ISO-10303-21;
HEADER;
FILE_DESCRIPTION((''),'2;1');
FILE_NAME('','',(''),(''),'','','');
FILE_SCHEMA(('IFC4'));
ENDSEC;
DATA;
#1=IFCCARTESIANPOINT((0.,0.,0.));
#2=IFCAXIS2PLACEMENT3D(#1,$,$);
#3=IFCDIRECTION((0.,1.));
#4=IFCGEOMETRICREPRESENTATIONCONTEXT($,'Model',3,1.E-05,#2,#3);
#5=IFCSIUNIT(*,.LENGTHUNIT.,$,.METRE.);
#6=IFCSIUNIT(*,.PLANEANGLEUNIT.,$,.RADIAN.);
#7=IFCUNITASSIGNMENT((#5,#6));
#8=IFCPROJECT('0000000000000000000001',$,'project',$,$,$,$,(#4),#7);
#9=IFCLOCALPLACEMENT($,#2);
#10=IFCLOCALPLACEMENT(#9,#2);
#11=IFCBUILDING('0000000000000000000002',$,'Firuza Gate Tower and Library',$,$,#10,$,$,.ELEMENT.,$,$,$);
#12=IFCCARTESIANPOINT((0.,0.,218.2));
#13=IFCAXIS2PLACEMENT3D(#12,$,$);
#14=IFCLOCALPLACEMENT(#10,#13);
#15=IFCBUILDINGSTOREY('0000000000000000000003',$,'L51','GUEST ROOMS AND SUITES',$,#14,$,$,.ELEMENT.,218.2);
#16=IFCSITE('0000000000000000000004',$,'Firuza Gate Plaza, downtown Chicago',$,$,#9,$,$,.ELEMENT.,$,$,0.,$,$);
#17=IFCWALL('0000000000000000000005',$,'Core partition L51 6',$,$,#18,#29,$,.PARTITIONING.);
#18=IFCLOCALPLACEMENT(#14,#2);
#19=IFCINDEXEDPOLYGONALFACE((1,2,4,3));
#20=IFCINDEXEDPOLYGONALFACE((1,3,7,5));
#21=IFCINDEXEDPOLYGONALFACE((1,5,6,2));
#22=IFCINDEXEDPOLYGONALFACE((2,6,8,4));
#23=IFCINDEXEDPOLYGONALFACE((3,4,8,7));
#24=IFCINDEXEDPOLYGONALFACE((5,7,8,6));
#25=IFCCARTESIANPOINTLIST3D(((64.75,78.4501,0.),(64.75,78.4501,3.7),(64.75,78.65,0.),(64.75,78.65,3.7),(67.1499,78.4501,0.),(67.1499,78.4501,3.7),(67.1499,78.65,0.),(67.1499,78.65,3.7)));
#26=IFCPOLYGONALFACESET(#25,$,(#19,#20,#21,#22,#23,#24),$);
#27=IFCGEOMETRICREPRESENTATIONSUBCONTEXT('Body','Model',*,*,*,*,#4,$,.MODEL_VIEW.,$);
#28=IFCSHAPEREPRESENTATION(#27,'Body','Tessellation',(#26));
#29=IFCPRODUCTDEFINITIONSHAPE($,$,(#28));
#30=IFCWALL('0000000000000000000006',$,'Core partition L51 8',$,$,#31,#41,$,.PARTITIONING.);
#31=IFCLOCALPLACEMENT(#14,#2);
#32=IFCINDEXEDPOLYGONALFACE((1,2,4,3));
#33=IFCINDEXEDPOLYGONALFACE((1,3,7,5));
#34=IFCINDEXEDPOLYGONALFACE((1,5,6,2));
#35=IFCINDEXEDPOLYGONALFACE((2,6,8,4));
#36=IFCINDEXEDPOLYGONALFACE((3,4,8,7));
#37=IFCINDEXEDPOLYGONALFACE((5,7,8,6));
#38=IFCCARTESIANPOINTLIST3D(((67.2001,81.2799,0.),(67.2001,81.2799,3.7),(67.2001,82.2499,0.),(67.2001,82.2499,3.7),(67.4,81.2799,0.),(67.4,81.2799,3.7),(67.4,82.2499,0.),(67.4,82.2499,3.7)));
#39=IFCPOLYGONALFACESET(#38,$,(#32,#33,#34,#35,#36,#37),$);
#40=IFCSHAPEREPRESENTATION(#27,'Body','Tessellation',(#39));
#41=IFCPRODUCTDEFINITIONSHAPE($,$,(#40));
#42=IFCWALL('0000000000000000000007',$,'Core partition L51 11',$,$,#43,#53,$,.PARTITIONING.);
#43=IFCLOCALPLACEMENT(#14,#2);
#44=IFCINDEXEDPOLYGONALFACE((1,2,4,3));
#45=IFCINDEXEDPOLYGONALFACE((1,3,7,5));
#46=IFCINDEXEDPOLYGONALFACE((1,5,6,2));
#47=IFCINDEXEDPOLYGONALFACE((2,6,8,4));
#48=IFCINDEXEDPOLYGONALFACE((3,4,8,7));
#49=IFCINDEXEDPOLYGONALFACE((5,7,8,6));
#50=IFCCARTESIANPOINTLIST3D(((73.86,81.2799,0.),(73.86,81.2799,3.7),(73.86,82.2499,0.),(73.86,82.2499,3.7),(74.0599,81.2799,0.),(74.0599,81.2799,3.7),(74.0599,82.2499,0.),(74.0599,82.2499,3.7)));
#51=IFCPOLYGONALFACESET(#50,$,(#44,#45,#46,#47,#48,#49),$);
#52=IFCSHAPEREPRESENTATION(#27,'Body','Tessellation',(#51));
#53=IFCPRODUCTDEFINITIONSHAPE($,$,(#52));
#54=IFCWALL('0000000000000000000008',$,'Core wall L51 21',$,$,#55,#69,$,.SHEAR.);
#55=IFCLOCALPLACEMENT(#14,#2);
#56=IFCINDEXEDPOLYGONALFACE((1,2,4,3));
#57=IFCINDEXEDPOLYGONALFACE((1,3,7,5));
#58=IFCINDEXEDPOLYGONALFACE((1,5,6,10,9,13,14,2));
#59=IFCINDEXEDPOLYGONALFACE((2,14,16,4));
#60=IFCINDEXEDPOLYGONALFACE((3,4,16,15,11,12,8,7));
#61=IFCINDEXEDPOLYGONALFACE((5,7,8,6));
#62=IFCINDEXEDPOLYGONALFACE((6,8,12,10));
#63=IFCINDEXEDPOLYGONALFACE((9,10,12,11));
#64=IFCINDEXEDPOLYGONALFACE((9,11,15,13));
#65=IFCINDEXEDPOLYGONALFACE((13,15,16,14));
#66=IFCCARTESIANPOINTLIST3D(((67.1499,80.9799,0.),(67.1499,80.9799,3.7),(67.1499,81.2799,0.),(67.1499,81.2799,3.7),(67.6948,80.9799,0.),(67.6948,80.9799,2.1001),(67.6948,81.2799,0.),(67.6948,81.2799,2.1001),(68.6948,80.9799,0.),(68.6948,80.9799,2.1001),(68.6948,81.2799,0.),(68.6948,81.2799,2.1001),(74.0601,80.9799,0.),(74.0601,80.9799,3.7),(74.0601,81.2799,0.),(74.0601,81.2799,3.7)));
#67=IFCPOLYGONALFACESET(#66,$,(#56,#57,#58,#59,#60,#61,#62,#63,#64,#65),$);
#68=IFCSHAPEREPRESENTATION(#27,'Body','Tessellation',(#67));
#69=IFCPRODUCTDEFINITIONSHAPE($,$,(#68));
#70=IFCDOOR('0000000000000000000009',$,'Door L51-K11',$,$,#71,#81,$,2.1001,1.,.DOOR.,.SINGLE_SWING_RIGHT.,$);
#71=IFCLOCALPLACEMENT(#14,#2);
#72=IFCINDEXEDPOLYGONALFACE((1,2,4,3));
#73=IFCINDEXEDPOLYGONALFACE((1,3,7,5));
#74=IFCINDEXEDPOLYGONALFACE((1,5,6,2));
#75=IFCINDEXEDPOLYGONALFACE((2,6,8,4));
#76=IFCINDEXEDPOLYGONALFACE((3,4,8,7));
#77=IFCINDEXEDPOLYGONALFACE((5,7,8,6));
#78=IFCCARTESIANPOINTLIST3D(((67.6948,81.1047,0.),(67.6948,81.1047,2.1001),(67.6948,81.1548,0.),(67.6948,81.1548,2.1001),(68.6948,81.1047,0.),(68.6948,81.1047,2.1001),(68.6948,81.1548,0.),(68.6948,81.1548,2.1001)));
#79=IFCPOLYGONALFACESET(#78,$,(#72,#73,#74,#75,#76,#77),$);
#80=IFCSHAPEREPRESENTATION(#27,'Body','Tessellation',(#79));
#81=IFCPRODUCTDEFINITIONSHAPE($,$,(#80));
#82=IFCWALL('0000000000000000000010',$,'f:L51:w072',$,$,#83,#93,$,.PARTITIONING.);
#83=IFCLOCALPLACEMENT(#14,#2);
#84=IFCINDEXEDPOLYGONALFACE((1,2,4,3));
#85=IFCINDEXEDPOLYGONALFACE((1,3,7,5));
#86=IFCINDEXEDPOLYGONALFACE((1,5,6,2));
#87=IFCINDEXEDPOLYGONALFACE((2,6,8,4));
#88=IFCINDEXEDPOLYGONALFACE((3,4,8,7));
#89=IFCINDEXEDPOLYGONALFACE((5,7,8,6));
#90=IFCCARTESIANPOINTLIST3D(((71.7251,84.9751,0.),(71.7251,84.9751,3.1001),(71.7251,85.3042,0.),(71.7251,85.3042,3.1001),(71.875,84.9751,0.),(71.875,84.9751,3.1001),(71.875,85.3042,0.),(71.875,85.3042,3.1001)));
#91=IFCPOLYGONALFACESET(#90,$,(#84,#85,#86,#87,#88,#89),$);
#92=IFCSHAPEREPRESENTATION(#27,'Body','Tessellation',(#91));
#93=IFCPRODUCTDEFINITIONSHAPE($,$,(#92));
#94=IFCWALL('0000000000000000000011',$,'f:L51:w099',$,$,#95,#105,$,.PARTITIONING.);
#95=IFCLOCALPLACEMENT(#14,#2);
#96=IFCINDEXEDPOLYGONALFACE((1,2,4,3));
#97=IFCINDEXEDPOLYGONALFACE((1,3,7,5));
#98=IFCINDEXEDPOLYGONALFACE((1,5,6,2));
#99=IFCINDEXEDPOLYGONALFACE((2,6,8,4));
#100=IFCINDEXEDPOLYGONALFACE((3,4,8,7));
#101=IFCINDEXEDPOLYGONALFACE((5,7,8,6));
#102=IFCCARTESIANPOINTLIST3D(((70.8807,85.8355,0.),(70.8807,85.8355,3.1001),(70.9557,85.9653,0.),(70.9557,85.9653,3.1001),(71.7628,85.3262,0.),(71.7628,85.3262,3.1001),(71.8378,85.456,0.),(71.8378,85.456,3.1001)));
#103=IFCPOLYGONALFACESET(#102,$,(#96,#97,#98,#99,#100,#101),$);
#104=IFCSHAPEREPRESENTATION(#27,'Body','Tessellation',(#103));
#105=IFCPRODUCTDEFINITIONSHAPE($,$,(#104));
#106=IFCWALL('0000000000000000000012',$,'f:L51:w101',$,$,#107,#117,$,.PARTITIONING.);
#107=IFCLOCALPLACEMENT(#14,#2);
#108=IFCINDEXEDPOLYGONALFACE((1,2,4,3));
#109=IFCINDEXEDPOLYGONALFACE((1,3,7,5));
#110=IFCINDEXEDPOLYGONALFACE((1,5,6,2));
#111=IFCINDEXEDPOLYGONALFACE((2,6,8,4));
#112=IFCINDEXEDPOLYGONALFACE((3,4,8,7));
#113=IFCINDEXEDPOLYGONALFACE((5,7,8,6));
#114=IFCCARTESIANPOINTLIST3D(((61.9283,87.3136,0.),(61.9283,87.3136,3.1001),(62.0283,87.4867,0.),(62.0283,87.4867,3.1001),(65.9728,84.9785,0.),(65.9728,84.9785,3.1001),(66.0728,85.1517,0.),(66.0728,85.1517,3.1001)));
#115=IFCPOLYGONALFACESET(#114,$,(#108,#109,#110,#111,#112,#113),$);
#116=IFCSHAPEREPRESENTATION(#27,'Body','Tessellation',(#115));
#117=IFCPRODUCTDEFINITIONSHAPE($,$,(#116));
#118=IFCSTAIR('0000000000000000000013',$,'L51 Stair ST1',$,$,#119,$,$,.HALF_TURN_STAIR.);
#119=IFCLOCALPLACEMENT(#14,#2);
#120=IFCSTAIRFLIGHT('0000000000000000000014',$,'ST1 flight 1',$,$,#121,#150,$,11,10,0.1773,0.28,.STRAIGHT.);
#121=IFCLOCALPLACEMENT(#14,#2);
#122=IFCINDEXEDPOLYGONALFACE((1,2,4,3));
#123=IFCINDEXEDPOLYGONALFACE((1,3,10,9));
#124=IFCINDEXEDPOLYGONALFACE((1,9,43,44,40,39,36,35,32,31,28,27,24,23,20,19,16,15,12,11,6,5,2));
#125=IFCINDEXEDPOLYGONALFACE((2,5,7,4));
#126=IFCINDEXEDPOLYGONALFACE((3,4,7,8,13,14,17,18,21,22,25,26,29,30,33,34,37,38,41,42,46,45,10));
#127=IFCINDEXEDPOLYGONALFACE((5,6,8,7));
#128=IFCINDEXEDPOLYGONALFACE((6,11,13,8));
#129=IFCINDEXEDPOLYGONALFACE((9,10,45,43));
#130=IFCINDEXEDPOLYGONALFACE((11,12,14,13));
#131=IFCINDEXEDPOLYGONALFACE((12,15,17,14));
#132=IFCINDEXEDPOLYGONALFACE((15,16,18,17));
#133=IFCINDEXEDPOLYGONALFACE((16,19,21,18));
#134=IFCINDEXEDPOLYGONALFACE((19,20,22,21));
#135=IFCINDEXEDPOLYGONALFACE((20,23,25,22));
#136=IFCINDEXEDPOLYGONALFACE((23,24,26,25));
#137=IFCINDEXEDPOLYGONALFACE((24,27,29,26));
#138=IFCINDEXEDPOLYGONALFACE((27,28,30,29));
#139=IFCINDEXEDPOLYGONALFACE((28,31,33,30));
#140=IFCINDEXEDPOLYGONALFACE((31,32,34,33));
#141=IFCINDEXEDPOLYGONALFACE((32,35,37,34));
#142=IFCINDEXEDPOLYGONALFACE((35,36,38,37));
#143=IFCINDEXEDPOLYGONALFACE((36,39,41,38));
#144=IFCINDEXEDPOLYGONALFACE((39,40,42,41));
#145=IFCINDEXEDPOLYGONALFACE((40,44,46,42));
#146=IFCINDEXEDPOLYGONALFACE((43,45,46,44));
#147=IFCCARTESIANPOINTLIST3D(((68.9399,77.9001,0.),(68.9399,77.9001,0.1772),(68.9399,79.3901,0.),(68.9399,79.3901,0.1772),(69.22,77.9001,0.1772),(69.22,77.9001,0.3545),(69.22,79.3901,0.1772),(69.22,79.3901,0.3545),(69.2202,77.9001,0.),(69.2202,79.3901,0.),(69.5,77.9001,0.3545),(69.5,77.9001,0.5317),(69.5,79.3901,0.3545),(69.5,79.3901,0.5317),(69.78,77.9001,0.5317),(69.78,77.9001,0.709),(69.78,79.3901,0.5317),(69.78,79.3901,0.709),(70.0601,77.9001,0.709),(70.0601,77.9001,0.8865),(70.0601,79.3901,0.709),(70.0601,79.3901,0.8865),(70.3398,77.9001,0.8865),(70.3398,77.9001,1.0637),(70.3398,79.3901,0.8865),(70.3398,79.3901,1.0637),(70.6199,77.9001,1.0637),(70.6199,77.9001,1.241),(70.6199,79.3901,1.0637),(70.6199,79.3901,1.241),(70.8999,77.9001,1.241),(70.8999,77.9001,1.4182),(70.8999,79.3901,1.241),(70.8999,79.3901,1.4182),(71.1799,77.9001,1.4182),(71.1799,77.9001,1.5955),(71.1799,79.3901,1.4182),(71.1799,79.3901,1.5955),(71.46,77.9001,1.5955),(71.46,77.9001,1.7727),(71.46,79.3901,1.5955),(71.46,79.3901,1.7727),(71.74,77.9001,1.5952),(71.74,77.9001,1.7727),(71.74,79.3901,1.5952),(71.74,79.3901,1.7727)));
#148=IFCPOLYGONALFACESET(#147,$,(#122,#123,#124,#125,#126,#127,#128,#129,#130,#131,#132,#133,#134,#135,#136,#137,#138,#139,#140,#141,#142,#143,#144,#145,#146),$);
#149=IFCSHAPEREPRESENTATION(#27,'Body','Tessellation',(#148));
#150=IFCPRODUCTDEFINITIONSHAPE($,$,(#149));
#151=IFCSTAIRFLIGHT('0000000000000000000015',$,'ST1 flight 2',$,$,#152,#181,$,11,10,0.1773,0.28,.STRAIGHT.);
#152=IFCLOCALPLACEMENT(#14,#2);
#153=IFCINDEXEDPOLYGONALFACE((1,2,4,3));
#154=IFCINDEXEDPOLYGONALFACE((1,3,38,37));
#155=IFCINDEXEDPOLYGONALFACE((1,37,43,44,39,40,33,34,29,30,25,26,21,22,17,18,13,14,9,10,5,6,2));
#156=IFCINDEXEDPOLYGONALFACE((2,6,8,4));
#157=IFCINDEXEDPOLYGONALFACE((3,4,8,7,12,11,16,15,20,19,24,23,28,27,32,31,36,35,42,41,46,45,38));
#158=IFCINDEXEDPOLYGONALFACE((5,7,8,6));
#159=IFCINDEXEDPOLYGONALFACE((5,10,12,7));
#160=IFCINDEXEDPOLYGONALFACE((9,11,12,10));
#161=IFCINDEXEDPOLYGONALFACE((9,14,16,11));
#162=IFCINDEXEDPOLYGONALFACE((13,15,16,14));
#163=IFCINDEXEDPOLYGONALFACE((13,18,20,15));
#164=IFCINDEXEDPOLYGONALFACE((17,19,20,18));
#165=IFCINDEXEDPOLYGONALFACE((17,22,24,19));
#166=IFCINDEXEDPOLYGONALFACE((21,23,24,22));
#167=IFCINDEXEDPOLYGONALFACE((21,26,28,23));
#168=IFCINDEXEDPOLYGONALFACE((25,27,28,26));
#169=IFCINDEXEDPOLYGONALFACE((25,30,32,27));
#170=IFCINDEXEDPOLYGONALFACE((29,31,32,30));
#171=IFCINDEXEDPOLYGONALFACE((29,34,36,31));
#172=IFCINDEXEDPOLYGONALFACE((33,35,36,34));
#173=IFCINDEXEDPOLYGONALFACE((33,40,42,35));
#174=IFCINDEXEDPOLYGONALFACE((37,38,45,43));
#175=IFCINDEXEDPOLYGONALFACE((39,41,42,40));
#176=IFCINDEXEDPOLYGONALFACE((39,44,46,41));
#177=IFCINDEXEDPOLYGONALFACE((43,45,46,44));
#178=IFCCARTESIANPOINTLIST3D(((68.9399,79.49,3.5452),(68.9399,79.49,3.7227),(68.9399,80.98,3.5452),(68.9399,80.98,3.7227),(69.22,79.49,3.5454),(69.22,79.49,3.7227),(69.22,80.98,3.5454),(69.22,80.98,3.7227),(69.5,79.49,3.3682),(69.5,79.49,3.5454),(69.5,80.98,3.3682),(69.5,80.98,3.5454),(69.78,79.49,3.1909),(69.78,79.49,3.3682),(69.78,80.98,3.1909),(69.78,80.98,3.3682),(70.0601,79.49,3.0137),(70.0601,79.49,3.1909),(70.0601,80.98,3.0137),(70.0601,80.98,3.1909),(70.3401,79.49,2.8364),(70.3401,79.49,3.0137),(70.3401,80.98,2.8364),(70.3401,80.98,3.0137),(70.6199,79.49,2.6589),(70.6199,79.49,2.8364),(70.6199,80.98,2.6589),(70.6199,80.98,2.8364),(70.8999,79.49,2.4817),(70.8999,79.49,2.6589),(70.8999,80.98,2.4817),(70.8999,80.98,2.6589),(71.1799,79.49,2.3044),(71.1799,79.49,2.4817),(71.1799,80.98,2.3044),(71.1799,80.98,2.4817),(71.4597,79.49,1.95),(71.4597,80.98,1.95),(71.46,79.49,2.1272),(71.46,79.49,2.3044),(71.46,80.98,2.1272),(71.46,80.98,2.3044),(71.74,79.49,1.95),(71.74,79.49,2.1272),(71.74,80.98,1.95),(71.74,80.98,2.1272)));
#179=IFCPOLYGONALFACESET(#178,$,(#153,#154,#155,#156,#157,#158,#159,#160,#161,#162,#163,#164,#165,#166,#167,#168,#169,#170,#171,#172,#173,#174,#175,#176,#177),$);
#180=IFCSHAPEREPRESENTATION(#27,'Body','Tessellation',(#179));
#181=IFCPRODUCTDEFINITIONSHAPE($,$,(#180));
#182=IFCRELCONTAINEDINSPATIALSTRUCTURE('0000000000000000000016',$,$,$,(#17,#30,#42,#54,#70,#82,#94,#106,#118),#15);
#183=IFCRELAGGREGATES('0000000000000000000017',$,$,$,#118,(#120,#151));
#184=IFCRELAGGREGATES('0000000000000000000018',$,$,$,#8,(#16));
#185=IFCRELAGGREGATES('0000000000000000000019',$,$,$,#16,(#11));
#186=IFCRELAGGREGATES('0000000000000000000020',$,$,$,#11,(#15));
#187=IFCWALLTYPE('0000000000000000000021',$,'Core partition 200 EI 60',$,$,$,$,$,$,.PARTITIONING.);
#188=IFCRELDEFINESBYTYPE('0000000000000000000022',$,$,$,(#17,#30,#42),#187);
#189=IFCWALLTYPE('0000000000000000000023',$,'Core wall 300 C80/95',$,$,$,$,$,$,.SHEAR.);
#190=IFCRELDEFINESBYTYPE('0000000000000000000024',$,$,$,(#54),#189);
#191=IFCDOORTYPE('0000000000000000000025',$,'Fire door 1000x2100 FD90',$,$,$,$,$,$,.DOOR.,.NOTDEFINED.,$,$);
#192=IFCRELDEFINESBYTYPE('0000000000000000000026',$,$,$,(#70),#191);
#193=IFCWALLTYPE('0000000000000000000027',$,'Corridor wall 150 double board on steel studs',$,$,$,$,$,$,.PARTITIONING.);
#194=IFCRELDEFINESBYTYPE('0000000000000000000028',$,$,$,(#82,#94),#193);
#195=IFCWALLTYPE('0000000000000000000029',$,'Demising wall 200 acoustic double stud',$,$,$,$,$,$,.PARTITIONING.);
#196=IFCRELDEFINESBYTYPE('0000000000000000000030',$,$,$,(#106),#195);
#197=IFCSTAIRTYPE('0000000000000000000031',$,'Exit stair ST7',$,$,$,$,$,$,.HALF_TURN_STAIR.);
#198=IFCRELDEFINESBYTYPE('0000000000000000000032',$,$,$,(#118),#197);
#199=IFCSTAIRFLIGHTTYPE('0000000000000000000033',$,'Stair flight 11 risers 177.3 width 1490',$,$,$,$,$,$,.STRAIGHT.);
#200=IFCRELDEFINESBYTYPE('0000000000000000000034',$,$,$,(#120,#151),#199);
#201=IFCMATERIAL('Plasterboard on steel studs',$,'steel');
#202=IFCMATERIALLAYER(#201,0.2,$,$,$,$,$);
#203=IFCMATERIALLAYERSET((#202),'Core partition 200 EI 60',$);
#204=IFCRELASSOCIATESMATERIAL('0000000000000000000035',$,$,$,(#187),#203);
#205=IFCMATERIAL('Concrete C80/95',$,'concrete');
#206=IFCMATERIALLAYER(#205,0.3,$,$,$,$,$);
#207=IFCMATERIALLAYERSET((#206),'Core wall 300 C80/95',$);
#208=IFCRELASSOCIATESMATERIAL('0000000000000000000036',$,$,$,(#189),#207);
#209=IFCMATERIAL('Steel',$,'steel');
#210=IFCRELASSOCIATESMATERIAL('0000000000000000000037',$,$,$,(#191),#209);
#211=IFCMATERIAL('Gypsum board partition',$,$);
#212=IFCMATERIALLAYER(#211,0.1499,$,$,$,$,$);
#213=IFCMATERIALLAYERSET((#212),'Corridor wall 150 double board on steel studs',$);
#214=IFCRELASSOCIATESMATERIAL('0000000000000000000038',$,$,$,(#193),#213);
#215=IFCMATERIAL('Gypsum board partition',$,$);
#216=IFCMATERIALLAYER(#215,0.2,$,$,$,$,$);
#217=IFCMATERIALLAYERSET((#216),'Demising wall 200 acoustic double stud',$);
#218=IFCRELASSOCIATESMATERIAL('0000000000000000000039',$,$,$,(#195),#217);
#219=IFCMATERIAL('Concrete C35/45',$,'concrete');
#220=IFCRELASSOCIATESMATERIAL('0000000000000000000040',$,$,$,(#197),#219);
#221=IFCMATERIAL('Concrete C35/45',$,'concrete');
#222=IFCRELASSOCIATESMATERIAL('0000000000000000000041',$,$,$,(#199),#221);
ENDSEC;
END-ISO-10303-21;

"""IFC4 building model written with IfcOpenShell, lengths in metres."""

from ifc_helpers import new_model, si_unit, direction, frame, frame_2d, origin, place, context, subcontext, project, spatial, polyline, rectangle, outline, extrude, material, layer, layer_set, type_object, element, fill, aggregate, save


model = new_model("IFC4")

# Units and contexts
model_context = context("Model", 3, precision=1e-05, world=origin(), true_north=direction((0.0, 1.0)))
body_context = subcontext(model_context, "Body", "Model", "MODEL_VIEW")
ifc_project = project(units=[si_unit("LENGTHUNIT", "METRE"), si_unit("PLANEANGLEUNIT", "RADIAN")], contexts=[model_context])

# Site, building, storey
site_placement = place(None, origin())
site = spatial("IfcSite", under=ifc_project, at=site_placement, Name="Firuza Gate Plaza, downtown Chicago", CompositionType="ELEMENT", RefElevation=0.0)
building_placement = place(site_placement, origin())
building = spatial("IfcBuilding", under=site, at=building_placement, Name="Firuza Gate Tower and Library", CompositionType="ELEMENT")
storey_placement = place(building_placement, frame((0.0, 0.0, 218.2)))
storey = spatial("IfcBuildingStorey", under=building, at=storey_placement, Name="L51", Description="GUEST ROOMS AND SUITES", CompositionType="ELEMENT", Elevation=218.2)

# Walls
ifc_material_1 = material(Name="Plasterboard on steel studs", Category="steel")
ifc_layer_1 = layer(ifc_material_1, 0.2)
ifc_layer_set_1 = layer_set([ifc_layer_1], Name="Core partition 200 EI 60")
wall_type_1 = type_object("IfcWallType", Name="Core partition 200 EI 60", PredefinedType="PARTITIONING", material=ifc_layer_set_1)
wall_1_placement = place(storey_placement, frame((64.75, 78.55, 0.0), z_axis=(0.0, 0.0, 1.0), x_axis=(1.0, 0.0, 0.0)))
element("IfcWall", 1, at=wall_1_placement, inside=storey, type_object=wall_type_1, Name="Core partition L51 6", PredefinedType="PARTITIONING", context=body_context, shape_type="SweptSolid", body=[
    extrude(rectangle(XDim=2.3999, YDim=0.2, at=frame_2d((1.2, 0.0))), origin(), (0.0, 0.0, 1.0), 3.7),
])
for number, where, z_axis, x_axis, name in (
    (2, (67.3, 81.28, 0.0), (0.0, 0.0, 1.0), (0.0, 1.0, 0.0), "Core partition L51 8"),
    (3, (73.96, 81.28, 0.0), (0.0, 0.0, 1.0), (0.0, 1.0, 0.0), "Core partition L51 11"),
):
    element("IfcWall", number, at=place(storey_placement, frame(where, z_axis=z_axis, x_axis=x_axis)), inside=storey, type_object=wall_type_1, Name=name, PredefinedType="PARTITIONING", context=body_context, shape_type="SweptSolid", body=[
        extrude(rectangle(XDim=0.97, YDim=0.2, at=frame_2d((0.4849, 0.0))), origin(), (0.0, 0.0, 1.0), 3.7),
    ])

# Wall, opening, door
ifc_material_2 = material(Name="Concrete C80/95", Category="concrete")
ifc_layer_2 = layer(ifc_material_2, 0.3)
ifc_layer_set_2 = layer_set([ifc_layer_2], Name="Core wall 300 C80/95")
wall_type_2 = type_object("IfcWallType", Name="Core wall 300 C80/95", PredefinedType="SHEAR", material=ifc_layer_set_2)
wall_2_placement = place(storey_placement, frame((67.1499, 81.1299, 0.0), z_axis=(0.0, 0.0, 1.0), x_axis=(1.0, 0.0, 0.0)))
wall_2 = element("IfcWall", 4, at=wall_2_placement, inside=storey, type_object=wall_type_2, Name="Core wall L51 21", PredefinedType="SHEAR", context=body_context, shape_type="SweptSolid", body=[
    extrude(rectangle(XDim=6.9102, YDim=0.3, at=frame_2d((3.4551, 0.0))), origin(), (0.0, 0.0, 1.0), 3.7),
])
opening_placement = place(wall_2_placement, frame((0.5449, 0.0, 0.0)))
opening = element("IfcOpeningElement", 5, at=opening_placement, cuts=wall_2, PredefinedType="OPENING", context=body_context, shape_type="SweptSolid", body=[
    extrude(rectangle(XDim=1.0, YDim=2.1001, at=frame_2d((0.5, 1.05))), frame((0.0, 0.1602, 0.0), z_axis=(0.0, -1.0, 0.0), x_axis=(1.0, 0.0, 0.0)), (0.0, 0.0, 1.0), 0.3201),
])
ifc_material_3 = material(Name="Steel", Category="steel")
door_type = type_object("IfcDoorType", Name="Fire door 1000x2100 FD90", OperationType="NOTDEFINED", PredefinedType="DOOR", material=ifc_material_3)
door_placement = place(opening_placement, origin())
door = element("IfcDoor", 6, at=door_placement, inside=storey, type_object=door_type, Name="Door L51-K11", OperationType="SINGLE_SWING_RIGHT", OverallHeight=2.1001, OverallWidth=1.0, PredefinedType="DOOR", context=body_context, shape_type="SweptSolid", body=[
    extrude(rectangle(XDim=1.0, YDim=2.1001, at=frame_2d((0.5, 1.05))), frame((0.0, 0.0249, 0.0), z_axis=(0.0, -1.0, 0.0), x_axis=(1.0, 0.0, 0.0)), (0.0, 0.0, 1.0), 0.05),
])
fill(opening, door)

# Walls
ifc_material_4 = material(Name="Gypsum board partition")
ifc_layer_3 = layer(ifc_material_4, 0.1499)
ifc_layer_set_3 = layer_set([ifc_layer_3], Name="Corridor wall 150 double board on steel studs")
wall_type_3 = type_object("IfcWallType", Name="Corridor wall 150 double board on steel studs", PredefinedType="PARTITIONING", material=ifc_layer_set_3)
wall_3_placement = place(storey_placement, frame((71.8, 84.9751, 0.0), z_axis=(0.0, 0.0, 1.0), x_axis=(0.0, 1.0, 0.0)))
element("IfcWall", 7, at=wall_3_placement, inside=storey, type_object=wall_type_3, Name="f:L51:w072", PredefinedType="PARTITIONING", context=body_context, shape_type="SweptSolid", body=[
    extrude(rectangle(XDim=0.3291, YDim=0.1499, at=frame_2d((0.1646, 0.0))), origin(), (0.0, 0.0, 1.0), 3.1001),
])
wall_4_placement = place(storey_placement, frame((71.8003, 85.3911, 0.0), z_axis=(0.0, 0.0, 1.0), x_axis=(-0.866022, 0.500006, 0.0)))
element("IfcWall", 8, at=wall_4_placement, inside=storey, type_object=wall_type_3, Name="f:L51:w099", PredefinedType="PARTITIONING", context=body_context, shape_type="SweptSolid", body=[
    extrude(rectangle(XDim=1.0186, YDim=0.1499, at=frame_2d((0.5093, 0.0))), origin(), (0.0, 0.0, 1.0), 3.1001),
])
ifc_material_5 = material(Name="Gypsum board partition")
ifc_layer_4 = layer(ifc_material_5, 0.2)
ifc_layer_set_4 = layer_set([ifc_layer_4], Name="Demising wall 200 acoustic double stud")
wall_type_4 = type_object("IfcWallType", Name="Demising wall 200 acoustic double stud", PredefinedType="PARTITIONING", material=ifc_layer_set_4)
wall_5_placement = place(storey_placement, frame((66.0227, 85.0652, 0.0), z_axis=(0.0, 0.0, 1.0), x_axis=(-0.866034, 0.499985, 0.0)))
element("IfcWall", 9, at=wall_5_placement, inside=storey, type_object=wall_type_4, Name="f:L51:w101", PredefinedType="PARTITIONING", context=body_context, shape_type="SweptSolid", body=[
    extrude(rectangle(XDim=4.6702, YDim=0.2, at=frame_2d((2.335, 0.0))), origin(), (0.0, 0.0, 1.0), 3.1001),
])

# Stair, stair flights
ifc_material_6 = material(Name="Concrete C35/45", Category="concrete")
stair_type = type_object("IfcStairType", Name="Exit stair ST7", PredefinedType="HALF_TURN_STAIR", material=ifc_material_6)
stair_placement = place(storey_placement, origin())
stair = element("IfcStair", 10, at=stair_placement, inside=storey, type_object=stair_type, Name="L51 Stair ST1", PredefinedType="HALF_TURN_STAIR")
ifc_material_7 = material(Name="Concrete C35/45", Category="concrete")
stair_flight_type = type_object("IfcStairFlightType", Name="Stair flight 11 risers 177.3 width 1490", PredefinedType="STRAIGHT", material=ifc_material_7)
stair_flight_1_placement = place(storey_placement, frame((68.9399, 78.645, 0.0), z_axis=(0.0, 0.0, 1.0), x_axis=(1.0, 0.0, 0.0)))
stair_flight_1 = element("IfcStairFlight", 11, at=stair_flight_1_placement, type_object=stair_flight_type, Name="ST1 flight 1", NumberOfRisers=11, NumberOfTreads=10, PredefinedType="STRAIGHT", RiserHeight=0.1773, TreadLength=0.28, context=body_context, shape_type="SweptSolid", body=[
    extrude(outline(polyline([(0.0, 0.0), (0.0, 0.1772), (0.28, 0.1772), (0.28, 0.3545), (0.5601, 0.3545), (0.5601, 0.5317), (0.8401, 0.5317), (0.8401, 0.709), (1.1201, 0.709), (1.1201, 0.8865), (1.3999, 0.8865), (1.3999, 1.0637), (1.6799, 1.0637), (1.6799, 1.241), (1.96, 1.241), (1.96, 1.4182), (2.24, 1.4182), (2.24, 1.5955), (2.52, 1.5955), (2.52, 1.7727), (2.8, 1.7727), (2.8, 1.95), (2.8, 1.5952), (0.2803, 0.0), (0.0, 0.0)])), frame((0.0, 0.7451, 0.0), z_axis=(0.0, -1.0, 0.0), x_axis=(1.0, 0.0, 0.0)), (0.0, 0.0, 1.0), 1.49),
])
stair_flight_2_placement = place(storey_placement, frame((71.74, 80.2351, 1.95), z_axis=(0.0, 0.0, 1.0), x_axis=(-1.0, 0.0, 0.0)))
stair_flight_2 = element("IfcStairFlight", 12, at=stair_flight_2_placement, type_object=stair_flight_type, Name="ST1 flight 2", NumberOfRisers=11, NumberOfTreads=10, PredefinedType="STRAIGHT", RiserHeight=0.1773, TreadLength=0.28, context=body_context, shape_type="SweptSolid", body=[
    extrude(outline(polyline([(0.0, 0.0), (0.0, 0.1772), (0.28, 0.1772), (0.28, 0.3545), (0.5601, 0.3545), (0.5601, 0.5317), (0.8401, 0.5317), (0.8401, 0.709), (1.1201, 0.709), (1.1201, 0.8865), (1.3999, 0.8865), (1.3999, 1.0637), (1.6799, 1.0637), (1.6799, 1.241), (1.96, 1.241), (1.96, 1.4182), (2.24, 1.4182), (2.24, 1.5955), (2.52, 1.5955), (2.52, 1.7727), (2.8, 1.7727), (2.8, 1.95), (2.8, 1.5952), (0.2803, 0.0), (0.0, 0.0)])), frame((0.0, 0.7451, 0.0), z_axis=(0.0, -1.0, 0.0), x_axis=(1.0, 0.0, 0.0)), (0.0, 0.0, 1.0), 1.49),
])
aggregate(stair, [stair_flight_1, stair_flight_2])

save(model, "model.ifc")
